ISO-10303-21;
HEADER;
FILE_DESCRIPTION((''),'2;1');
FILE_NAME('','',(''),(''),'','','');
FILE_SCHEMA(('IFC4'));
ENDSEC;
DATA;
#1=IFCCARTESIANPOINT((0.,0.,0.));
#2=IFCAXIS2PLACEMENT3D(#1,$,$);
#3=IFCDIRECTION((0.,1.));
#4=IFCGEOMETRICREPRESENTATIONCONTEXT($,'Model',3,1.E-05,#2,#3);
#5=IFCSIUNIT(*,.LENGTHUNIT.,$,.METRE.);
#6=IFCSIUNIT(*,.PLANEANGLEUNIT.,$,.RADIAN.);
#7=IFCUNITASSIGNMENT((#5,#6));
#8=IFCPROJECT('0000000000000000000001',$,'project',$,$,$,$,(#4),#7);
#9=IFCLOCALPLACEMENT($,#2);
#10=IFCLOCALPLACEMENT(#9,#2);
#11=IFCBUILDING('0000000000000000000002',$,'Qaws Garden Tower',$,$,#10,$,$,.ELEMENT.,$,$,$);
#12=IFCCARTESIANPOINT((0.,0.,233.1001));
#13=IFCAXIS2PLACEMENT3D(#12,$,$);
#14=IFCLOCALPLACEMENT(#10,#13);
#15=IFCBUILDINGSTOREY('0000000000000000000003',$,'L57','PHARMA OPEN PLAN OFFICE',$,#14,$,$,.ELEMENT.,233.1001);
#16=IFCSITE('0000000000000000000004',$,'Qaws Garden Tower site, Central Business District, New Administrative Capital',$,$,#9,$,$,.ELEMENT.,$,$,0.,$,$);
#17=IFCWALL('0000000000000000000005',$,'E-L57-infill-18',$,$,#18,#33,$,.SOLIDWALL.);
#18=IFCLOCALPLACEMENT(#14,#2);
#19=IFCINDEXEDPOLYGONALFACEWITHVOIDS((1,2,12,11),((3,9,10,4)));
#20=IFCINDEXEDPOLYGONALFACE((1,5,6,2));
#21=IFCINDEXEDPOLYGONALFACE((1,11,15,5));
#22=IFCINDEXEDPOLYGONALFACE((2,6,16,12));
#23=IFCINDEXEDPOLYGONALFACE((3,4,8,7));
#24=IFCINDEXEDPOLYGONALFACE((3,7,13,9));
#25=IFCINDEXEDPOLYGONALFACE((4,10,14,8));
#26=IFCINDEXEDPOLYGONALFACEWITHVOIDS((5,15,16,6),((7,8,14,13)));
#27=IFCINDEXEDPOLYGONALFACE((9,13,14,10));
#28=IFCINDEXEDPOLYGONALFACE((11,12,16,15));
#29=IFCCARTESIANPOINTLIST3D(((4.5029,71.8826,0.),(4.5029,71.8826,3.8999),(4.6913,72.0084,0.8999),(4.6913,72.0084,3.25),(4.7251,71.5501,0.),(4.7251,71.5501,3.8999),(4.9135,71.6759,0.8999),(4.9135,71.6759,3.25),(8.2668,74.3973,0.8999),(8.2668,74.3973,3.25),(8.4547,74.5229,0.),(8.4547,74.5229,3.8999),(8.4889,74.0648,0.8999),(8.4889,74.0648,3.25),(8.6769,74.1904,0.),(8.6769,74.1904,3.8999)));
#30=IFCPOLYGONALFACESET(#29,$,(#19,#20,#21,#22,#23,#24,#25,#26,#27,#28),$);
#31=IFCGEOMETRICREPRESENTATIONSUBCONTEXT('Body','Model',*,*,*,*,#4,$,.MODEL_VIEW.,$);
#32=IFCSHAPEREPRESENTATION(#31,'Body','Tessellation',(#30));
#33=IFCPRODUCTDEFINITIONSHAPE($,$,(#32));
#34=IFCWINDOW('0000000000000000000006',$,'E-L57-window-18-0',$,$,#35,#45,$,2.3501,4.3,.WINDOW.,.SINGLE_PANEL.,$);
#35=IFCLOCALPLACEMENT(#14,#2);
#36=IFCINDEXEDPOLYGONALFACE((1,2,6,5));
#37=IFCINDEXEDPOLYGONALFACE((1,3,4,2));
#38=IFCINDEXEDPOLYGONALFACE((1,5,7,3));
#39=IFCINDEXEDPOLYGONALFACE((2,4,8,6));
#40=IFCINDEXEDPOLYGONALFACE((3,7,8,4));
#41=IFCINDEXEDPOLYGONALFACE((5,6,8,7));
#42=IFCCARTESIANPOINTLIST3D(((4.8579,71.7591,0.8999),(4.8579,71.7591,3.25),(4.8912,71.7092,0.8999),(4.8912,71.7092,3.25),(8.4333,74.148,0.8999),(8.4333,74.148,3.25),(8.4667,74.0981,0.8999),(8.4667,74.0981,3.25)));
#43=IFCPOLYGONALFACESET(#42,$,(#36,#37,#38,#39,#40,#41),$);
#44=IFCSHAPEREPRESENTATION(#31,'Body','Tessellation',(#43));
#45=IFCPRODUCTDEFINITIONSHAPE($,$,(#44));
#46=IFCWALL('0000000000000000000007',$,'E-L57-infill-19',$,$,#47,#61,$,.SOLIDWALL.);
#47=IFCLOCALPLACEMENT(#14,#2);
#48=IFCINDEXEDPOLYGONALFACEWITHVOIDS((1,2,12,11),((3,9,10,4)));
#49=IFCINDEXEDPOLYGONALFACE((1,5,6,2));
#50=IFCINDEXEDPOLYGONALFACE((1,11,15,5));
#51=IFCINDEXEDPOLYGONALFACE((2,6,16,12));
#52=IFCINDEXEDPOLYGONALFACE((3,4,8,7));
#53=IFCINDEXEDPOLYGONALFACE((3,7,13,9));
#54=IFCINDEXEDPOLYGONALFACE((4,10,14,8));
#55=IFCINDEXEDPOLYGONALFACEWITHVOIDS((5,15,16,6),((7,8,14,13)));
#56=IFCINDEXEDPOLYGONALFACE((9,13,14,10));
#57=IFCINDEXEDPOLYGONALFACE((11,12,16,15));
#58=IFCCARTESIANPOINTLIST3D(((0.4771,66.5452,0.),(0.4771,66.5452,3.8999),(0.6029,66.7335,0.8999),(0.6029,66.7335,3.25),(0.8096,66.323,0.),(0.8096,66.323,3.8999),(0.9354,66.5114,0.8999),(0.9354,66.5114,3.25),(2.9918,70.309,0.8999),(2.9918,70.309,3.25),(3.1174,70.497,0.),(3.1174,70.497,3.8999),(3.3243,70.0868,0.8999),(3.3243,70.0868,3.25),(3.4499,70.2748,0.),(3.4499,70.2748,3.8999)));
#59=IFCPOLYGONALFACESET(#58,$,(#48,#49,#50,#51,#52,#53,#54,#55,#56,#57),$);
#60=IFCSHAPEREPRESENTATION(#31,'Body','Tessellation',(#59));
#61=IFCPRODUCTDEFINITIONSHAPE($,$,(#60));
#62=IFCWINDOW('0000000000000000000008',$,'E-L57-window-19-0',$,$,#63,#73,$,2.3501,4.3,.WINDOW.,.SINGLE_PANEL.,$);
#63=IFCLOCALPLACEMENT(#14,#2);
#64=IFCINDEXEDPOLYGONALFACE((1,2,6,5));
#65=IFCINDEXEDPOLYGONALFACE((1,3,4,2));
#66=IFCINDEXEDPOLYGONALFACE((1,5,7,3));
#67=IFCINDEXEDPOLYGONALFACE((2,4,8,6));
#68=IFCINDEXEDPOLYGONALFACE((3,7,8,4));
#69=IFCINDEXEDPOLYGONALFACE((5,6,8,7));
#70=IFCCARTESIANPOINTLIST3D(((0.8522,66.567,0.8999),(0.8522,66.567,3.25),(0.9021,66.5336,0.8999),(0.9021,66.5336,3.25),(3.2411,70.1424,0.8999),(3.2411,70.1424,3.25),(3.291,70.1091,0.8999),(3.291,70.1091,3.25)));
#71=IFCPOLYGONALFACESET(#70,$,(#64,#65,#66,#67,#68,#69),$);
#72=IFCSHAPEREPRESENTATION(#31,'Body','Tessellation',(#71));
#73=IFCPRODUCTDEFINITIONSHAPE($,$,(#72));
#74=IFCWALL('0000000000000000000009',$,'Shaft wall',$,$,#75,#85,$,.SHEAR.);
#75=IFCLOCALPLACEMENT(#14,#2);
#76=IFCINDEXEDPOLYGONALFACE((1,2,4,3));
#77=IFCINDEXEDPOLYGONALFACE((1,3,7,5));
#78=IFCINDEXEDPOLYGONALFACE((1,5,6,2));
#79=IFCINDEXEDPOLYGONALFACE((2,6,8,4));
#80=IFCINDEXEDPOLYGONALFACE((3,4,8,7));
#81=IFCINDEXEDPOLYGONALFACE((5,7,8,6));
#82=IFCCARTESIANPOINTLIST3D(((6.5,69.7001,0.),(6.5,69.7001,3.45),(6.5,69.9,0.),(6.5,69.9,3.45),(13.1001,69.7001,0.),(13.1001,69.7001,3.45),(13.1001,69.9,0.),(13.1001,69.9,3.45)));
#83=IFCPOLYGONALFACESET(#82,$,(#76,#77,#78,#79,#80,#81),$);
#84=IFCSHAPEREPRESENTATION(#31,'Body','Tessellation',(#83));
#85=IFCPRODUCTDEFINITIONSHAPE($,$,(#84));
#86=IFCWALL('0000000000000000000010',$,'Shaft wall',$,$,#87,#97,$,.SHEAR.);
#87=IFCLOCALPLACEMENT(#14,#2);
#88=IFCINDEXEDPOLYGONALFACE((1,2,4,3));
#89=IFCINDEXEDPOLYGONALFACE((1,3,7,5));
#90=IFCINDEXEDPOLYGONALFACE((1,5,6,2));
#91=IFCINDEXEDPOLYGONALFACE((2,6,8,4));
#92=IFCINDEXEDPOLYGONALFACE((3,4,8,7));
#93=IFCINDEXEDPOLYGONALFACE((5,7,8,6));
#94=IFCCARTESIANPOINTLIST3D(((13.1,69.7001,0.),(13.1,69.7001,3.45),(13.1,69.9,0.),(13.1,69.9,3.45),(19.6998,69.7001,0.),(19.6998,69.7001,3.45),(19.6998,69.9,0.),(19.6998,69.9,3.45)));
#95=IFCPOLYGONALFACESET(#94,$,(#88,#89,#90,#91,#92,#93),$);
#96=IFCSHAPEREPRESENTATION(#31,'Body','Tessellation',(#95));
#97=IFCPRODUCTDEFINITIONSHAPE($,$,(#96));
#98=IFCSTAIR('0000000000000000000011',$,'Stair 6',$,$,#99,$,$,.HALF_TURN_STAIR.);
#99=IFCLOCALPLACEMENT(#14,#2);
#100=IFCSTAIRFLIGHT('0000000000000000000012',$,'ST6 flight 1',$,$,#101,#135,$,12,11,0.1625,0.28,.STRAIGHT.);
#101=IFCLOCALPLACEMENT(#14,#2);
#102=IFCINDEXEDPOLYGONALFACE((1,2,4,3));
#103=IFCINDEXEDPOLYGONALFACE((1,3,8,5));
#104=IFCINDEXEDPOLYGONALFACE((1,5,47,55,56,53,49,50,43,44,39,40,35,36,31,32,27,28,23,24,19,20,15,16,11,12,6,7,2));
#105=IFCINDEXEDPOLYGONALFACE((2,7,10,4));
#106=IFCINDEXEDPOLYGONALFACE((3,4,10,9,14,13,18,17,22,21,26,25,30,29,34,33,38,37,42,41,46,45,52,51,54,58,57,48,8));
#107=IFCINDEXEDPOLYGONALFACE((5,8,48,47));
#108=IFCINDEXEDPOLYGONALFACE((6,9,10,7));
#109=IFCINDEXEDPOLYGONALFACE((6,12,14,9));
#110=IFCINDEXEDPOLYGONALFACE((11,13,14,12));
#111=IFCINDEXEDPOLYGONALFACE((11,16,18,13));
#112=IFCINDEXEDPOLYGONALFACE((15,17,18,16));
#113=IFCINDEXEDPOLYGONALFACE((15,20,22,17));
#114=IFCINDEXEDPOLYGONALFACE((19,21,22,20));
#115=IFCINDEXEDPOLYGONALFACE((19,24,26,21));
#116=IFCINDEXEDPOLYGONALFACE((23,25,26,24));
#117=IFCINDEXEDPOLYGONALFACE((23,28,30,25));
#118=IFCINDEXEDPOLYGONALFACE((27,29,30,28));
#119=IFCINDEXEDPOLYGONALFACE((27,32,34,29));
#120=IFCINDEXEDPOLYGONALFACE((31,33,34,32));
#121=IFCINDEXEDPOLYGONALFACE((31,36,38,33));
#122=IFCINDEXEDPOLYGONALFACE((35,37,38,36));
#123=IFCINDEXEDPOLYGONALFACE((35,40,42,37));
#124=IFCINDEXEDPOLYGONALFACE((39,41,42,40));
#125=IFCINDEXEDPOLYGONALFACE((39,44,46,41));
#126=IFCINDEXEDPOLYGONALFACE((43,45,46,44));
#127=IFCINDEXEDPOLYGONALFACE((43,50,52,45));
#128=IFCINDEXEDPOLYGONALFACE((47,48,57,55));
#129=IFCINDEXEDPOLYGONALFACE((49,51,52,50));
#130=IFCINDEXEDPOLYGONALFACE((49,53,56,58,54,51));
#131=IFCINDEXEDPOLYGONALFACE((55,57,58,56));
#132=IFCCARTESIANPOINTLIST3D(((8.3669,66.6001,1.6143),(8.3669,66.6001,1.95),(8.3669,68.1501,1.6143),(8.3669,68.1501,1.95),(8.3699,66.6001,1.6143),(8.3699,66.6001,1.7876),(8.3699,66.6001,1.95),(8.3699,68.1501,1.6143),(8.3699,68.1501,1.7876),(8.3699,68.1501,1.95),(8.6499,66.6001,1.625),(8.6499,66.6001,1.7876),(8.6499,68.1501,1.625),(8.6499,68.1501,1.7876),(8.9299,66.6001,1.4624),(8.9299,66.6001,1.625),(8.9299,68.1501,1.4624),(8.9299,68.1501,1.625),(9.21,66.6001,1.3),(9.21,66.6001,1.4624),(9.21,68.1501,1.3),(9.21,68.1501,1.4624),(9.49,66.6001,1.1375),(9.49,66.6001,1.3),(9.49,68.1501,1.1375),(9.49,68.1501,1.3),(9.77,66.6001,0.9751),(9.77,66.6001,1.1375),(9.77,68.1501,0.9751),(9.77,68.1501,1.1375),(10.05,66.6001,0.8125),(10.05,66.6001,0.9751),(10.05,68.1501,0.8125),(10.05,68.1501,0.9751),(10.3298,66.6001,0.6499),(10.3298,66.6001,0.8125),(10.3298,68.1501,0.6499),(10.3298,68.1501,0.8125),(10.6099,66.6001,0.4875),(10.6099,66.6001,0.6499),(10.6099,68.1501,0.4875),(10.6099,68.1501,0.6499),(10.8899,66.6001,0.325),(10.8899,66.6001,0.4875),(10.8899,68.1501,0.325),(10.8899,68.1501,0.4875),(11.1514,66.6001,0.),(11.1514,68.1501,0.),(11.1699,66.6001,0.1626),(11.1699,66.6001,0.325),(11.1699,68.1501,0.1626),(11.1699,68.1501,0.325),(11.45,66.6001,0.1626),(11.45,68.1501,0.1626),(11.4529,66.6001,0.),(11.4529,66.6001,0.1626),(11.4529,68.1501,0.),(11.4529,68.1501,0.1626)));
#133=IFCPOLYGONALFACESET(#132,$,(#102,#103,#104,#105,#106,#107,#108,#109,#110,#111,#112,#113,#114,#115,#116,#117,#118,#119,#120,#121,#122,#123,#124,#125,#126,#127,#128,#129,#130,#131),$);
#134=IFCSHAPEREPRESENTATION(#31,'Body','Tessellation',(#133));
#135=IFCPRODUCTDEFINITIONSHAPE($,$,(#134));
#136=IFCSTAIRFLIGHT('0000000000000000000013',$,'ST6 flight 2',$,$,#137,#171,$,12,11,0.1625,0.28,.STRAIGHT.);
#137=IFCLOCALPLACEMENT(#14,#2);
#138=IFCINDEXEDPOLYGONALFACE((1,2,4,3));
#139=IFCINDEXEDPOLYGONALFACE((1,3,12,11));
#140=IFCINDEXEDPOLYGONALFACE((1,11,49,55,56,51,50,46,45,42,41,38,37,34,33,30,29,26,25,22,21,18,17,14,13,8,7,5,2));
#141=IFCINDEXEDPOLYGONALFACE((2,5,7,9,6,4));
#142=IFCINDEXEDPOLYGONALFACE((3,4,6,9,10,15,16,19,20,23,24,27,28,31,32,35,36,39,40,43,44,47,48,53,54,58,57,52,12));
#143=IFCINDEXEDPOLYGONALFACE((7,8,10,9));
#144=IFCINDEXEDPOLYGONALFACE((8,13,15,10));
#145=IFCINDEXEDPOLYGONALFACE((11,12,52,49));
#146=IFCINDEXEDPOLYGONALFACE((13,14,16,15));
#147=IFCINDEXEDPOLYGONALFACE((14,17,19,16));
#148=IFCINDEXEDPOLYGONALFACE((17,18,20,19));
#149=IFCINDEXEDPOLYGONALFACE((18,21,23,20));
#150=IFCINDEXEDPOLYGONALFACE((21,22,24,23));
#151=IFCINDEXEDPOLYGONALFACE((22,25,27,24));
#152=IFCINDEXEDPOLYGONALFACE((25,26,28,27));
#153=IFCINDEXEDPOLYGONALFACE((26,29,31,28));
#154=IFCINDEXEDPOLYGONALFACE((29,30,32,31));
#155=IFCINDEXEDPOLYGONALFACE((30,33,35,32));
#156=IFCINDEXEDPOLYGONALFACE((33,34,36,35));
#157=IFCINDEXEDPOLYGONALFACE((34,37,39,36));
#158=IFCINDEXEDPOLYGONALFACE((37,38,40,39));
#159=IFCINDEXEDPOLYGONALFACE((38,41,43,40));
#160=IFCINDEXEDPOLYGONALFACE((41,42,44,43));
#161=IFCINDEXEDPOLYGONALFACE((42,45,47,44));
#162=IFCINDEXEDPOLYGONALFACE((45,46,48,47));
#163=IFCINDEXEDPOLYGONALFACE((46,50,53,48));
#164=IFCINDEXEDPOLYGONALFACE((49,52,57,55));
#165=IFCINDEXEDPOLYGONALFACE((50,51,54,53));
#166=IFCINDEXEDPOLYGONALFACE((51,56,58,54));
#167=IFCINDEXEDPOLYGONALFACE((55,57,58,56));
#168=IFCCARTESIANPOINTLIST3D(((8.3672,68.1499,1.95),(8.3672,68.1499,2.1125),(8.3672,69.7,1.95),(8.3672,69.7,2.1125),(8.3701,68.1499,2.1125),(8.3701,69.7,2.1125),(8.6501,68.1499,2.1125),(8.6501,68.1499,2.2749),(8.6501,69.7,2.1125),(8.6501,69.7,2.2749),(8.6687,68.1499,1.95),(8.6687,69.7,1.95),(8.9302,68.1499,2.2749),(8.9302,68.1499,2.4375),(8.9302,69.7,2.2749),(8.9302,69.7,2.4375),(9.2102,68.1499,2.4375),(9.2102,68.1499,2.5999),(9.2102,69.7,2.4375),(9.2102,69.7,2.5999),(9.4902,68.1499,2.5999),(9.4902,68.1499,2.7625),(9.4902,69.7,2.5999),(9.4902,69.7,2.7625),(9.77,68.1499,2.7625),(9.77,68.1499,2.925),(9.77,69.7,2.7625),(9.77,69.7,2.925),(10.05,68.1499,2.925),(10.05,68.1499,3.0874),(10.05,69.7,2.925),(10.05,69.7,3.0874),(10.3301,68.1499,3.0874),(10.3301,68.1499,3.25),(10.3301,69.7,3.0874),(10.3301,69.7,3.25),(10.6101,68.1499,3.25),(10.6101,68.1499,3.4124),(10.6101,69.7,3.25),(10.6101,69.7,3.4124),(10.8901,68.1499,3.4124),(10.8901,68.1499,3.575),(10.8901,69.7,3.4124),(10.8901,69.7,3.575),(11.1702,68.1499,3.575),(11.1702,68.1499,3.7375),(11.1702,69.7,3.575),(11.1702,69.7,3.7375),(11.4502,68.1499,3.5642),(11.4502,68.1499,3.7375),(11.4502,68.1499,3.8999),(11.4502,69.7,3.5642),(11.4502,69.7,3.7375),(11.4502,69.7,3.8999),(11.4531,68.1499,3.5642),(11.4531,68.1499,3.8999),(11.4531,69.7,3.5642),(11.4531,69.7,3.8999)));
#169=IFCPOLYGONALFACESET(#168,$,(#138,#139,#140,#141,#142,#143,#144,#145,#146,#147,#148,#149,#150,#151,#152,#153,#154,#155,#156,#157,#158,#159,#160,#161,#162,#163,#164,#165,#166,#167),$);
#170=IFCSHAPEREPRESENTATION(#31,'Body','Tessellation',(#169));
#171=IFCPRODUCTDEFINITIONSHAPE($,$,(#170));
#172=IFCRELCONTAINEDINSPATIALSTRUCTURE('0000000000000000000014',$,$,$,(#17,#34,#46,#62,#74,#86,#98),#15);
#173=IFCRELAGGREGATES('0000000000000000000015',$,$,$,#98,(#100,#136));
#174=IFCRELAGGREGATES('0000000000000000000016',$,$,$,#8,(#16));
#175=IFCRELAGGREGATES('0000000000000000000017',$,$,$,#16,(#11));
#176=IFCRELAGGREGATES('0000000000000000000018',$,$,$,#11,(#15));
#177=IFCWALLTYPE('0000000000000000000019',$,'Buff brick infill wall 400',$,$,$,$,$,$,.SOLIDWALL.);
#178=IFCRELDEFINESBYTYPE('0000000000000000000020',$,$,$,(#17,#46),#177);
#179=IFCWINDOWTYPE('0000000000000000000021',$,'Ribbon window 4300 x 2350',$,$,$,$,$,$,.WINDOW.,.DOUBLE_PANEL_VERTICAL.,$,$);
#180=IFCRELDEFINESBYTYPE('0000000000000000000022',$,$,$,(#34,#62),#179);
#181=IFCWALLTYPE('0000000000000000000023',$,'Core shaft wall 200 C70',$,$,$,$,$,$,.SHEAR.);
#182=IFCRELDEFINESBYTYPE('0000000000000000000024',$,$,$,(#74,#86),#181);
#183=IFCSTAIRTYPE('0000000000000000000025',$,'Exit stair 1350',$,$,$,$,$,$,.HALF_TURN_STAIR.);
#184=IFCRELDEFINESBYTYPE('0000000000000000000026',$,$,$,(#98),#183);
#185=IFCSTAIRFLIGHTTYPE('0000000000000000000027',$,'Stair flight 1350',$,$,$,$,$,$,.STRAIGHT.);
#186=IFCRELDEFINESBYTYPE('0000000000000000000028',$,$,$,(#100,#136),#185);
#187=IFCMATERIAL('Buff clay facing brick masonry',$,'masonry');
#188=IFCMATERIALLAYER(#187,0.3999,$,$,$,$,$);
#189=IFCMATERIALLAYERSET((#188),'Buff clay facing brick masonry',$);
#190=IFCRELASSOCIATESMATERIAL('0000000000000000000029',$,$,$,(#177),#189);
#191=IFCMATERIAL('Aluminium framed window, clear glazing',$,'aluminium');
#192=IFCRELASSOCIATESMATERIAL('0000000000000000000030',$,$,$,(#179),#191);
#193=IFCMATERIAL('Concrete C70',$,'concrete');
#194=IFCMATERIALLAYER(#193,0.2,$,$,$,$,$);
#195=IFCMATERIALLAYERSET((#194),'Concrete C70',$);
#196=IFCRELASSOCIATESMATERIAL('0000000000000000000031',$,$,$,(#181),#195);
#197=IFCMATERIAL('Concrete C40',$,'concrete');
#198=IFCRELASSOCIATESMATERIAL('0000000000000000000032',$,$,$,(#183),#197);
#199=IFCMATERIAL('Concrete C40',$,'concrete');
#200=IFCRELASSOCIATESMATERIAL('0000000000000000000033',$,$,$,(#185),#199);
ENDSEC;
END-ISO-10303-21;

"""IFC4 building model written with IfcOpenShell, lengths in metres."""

from ifc_helpers import new_model, si_unit, direction, frame, frame_2d, origin, place, context, subcontext, project, spatial, polyline, rectangle, outline, extrude, material, layer, layer_set, type_object, element, fill, aggregate, save


model = new_model("IFC4")

# Units and contexts
model_context = context("Model", 3, precision=1e-05, world=origin(), true_north=direction((0.0, 1.0)))
body_context = subcontext(model_context, "Body", "Model", "MODEL_VIEW")
ifc_project = project(units=[si_unit("LENGTHUNIT", "METRE"), si_unit("PLANEANGLEUNIT", "RADIAN")], contexts=[model_context])

# Site, building, storey
site_placement = place(None, origin())
site = spatial("IfcSite", under=ifc_project, at=site_placement, Name="Qaws Garden Tower site, Central Business District, New Administrative Capital", CompositionType="ELEMENT", RefElevation=0.0)
building_placement = place(site_placement, origin())
building = spatial("IfcBuilding", under=site, at=building_placement, Name="Qaws Garden Tower", CompositionType="ELEMENT")
storey_placement = place(building_placement, frame((0.0, 0.0, 233.1001)))
storey = spatial("IfcBuildingStorey", under=building, at=storey_placement, Name="L57", Description="PHARMA OPEN PLAN OFFICE", CompositionType="ELEMENT", Elevation=233.1001)

# Walls, openings, windows
ifc_material_1 = material(Name="Buff clay facing brick masonry", Category="masonry")
ifc_layer_1 = layer(ifc_material_1, 0.3999)
ifc_layer_set_1 = layer_set([ifc_layer_1], Name="Buff clay facing brick masonry")
wall_type_1 = type_object("IfcWallType", Name="Buff brick infill wall 400", PredefinedType="SOLIDWALL", material=ifc_layer_set_1)
ifc_material_2 = material(Name="Aluminium framed window, clear glazing", Category="aluminium")
window_type = type_object("IfcWindowType", Name="Ribbon window 4300 x 2350", PartitioningType="DOUBLE_PANEL_VERTICAL", PredefinedType="WINDOW", material=ifc_material_2)
wall_1_placement = place(storey_placement, frame((8.5659, 74.3567, 0.0), z_axis=(0.0, 0.0, 1.0), x_axis=(-0.831489, -0.555542, 0.0)))
wall_1 = element("IfcWall", 1, at=wall_1_placement, inside=storey, type_object=wall_type_1, Name="E-L57-infill-18", PredefinedType="SOLIDWALL", context=body_context, shape_type="SweptSolid", body=[
    extrude(rectangle(XDim=4.7527, YDim=0.3999, at=frame_2d((2.3765, 0.0))), origin(), (0.0, 0.0, 1.0), 3.8999),
])
opening_1_placement = place(wall_1_placement, frame((0.2263, 0.0, 0.8999)))
opening_1 = element("IfcOpeningElement", 2, at=opening_1_placement, cuts=wall_1, PredefinedType="OPENING", context=body_context, shape_type="SweptSolid", body=[
    extrude(rectangle(XDim=4.3, YDim=2.3501, at=frame_2d((2.1499, 1.175))), frame((0.0, 0.21, 0.0), z_axis=(0.0, -1.0, 0.0), x_axis=(1.0, 0.0, 0.0)), (0.0, 0.0, 1.0), 0.4199),
])
window_1_placement = place(opening_1_placement, origin())
window_1 = element("IfcWindow", 3, at=window_1_placement, inside=storey, type_object=window_type, Name="E-L57-window-18-0", OverallHeight=2.3501, OverallWidth=4.3, PartitioningType="SINGLE_PANEL", PredefinedType="WINDOW", context=body_context, shape_type="SweptSolid", body=[
    extrude(rectangle(XDim=4.3, YDim=2.3501, at=frame_2d((2.1499, 1.175))), frame((0.0, 0.1599, 0.0), z_axis=(0.0, -1.0, 0.0), x_axis=(1.0, 0.0, 0.0)), (0.0, 0.0, 1.0), 0.0601),
])
fill(opening_1, window_1)
wall_2_placement = place(storey_placement, frame((3.2837, 70.386, 0.0), z_axis=(0.0, 0.0, 1.0), x_axis=(-0.555542, -0.831489, 0.0)))
wall_2 = element("IfcWall", 4, at=wall_2_placement, inside=storey, type_object=wall_type_1, Name="E-L57-infill-19", PredefinedType="SOLIDWALL", context=body_context, shape_type="SweptSolid", body=[
    extrude(rectangle(XDim=4.7527, YDim=0.3999, at=frame_2d((2.3765, 0.0))), origin(), (0.0, 0.0, 1.0), 3.8999),
])
opening_2_placement = place(wall_2_placement, frame((0.2263, 0.0, 0.8999)))
opening_2 = element("IfcOpeningElement", 5, at=opening_2_placement, cuts=wall_2, PredefinedType="OPENING", context=body_context, shape_type="SweptSolid", body=[
    extrude(rectangle(XDim=4.3, YDim=2.3501, at=frame_2d((2.1499, 1.175))), frame((0.0, 0.21, 0.0), z_axis=(0.0, -1.0, 0.0), x_axis=(1.0, 0.0, 0.0)), (0.0, 0.0, 1.0), 0.4199),
])
window_2_placement = place(opening_2_placement, origin())
window_2 = element("IfcWindow", 6, at=window_2_placement, inside=storey, type_object=window_type, Name="E-L57-window-19-0", OverallHeight=2.3501, OverallWidth=4.3, PartitioningType="SINGLE_PANEL", PredefinedType="WINDOW", context=body_context, shape_type="SweptSolid", body=[
    extrude(rectangle(XDim=4.3, YDim=2.3501, at=frame_2d((2.1499, 1.175))), frame((0.0, 0.1599, 0.0), z_axis=(0.0, -1.0, 0.0), x_axis=(1.0, 0.0, 0.0)), (0.0, 0.0, 1.0), 0.0601),
])
fill(opening_2, window_2)

# Walls
ifc_material_3 = material(Name="Concrete C70", Category="concrete")
ifc_layer_2 = layer(ifc_material_3, 0.2)
ifc_layer_set_2 = layer_set([ifc_layer_2], Name="Concrete C70")
wall_type_2 = type_object("IfcWallType", Name="Core shaft wall 200 C70", PredefinedType="SHEAR", material=ifc_layer_set_2)
wall_3_placement = place(storey_placement, frame((6.5, 69.8, 0.0), z_axis=(0.0, 0.0, 1.0), x_axis=(1.0, 0.0, 0.0)))
element("IfcWall", 7, at=wall_3_placement, inside=storey, type_object=wall_type_2, Name="Shaft wall", PredefinedType="SHEAR", context=body_context, shape_type="SweptSolid", body=[
    extrude(rectangle(XDim=6.6001, YDim=0.2, at=frame_2d((3.3, 0.0))), origin(), (0.0, 0.0, 1.0), 3.45),
])
wall_4_placement = place(storey_placement, frame((13.1001, 69.8, 0.0), z_axis=(0.0, 0.0, 1.0), x_axis=(1.0, 0.0, 0.0)))
element("IfcWall", 8, at=wall_4_placement, inside=storey, type_object=wall_type_2, Name="Shaft wall", PredefinedType="SHEAR", context=body_context, shape_type="SweptSolid", body=[
    extrude(rectangle(XDim=6.5999, YDim=0.2, at=frame_2d((3.2998, 0.0))), origin(), (0.0, 0.0, 1.0), 3.45),
])

# Stair, stair flights
ifc_material_4 = material(Name="Concrete C40", Category="concrete")
stair_type = type_object("IfcStairType", Name="Exit stair 1350", PredefinedType="HALF_TURN_STAIR", material=ifc_material_4)
placement = place(storey_placement, origin())
stair_1 = element("IfcStair", 9, at=placement, inside=storey, type_object=stair_type, Name="Stair 6", PredefinedType="HALF_TURN_STAIR")
ifc_material_5 = material(Name="Concrete C40", Category="concrete")
stair_flight_type = type_object("IfcStairFlightType", Name="Stair flight 1350", PredefinedType="STRAIGHT", material=ifc_material_5)
stair_flight_1_placement = place(storey_placement, frame((11.45, 67.375, 0.0), z_axis=(0.0, 0.0, 1.0), x_axis=(-1.0, 0.0, 0.0)))
stair_flight_1 = element("IfcStairFlight", 10, at=stair_flight_1_placement, type_object=stair_flight_type, Name="ST6 flight 1", NumberOfRisers=12, NumberOfTreads=11, PredefinedType="STRAIGHT", RiserHeight=0.1625, TreadLength=0.28, context=body_context, shape_type="SweptSolid", body=[
    extrude(outline(polyline([(-0.0029, 0.0), (-0.0029, 0.1626), (0.0, 0.1626), (0.28, 0.1626), (0.28, 0.325), (0.5601, 0.325), (0.5601, 0.4875), (0.8401, 0.4875), (0.8401, 0.6499), (1.1201, 0.6499), (1.1201, 0.8125), (1.3999, 0.8125), (1.3999, 0.9751), (1.6799, 0.9751), (1.6799, 1.1375), (1.96, 1.1375), (1.96, 1.3), (2.24, 1.3), (2.24, 1.4624), (2.52, 1.4624), (2.52, 1.625), (2.8, 1.625), (2.8, 1.7876), (3.0801, 1.7876), (3.0801, 1.95), (3.083, 1.95), (3.083, 1.6143), (3.0801, 1.6143), (0.2986, 0.0), (-0.0029, 0.0)])), frame((0.0, 0.7749, 0.0), z_axis=(0.0, -1.0, 0.0), x_axis=(1.0, 0.0, 0.0)), (0.0, 0.0, 1.0), 1.55),
])
stair_flight_2_placement = place(storey_placement, frame((8.3701, 68.925, 1.95), z_axis=(0.0, 0.0, 1.0), x_axis=(1.0, 0.0, 0.0)))
stair_flight_2 = element("IfcStairFlight", 11, at=stair_flight_2_placement, type_object=stair_flight_type, Name="ST6 flight 2", NumberOfRisers=12, NumberOfTreads=11, PredefinedType="STRAIGHT", RiserHeight=0.1625, TreadLength=0.28, context=body_context, shape_type="SweptSolid", body=[
    extrude(outline(polyline([(-0.0029, 0.0), (-0.0029, 0.1626), (0.0, 0.1626), (0.28, 0.1626), (0.28, 0.325), (0.5601, 0.325), (0.5601, 0.4875), (0.8401, 0.4875), (0.8401, 0.6499), (1.1201, 0.6499), (1.1201, 0.8125), (1.3999, 0.8125), (1.3999, 0.9751), (1.6799, 0.9751), (1.6799, 1.1375), (1.96, 1.1375), (1.96, 1.3), (2.24, 1.3), (2.24, 1.4624), (2.52, 1.4624), (2.52, 1.625), (2.8, 1.625), (2.8, 1.7876), (3.0801, 1.7876), (3.0801, 1.95), (3.083, 1.95), (3.083, 1.6143), (3.0801, 1.6143), (0.2986, 0.0), (-0.0029, 0.0)])), frame((0.0, 0.7749, 0.0), z_axis=(0.0, -1.0, 0.0), x_axis=(1.0, 0.0, 0.0)), (0.0, 0.0, 1.0), 1.55),
])
aggregate(stair_1, [stair_flight_1, stair_flight_2])

save(model, "model.ifc")
